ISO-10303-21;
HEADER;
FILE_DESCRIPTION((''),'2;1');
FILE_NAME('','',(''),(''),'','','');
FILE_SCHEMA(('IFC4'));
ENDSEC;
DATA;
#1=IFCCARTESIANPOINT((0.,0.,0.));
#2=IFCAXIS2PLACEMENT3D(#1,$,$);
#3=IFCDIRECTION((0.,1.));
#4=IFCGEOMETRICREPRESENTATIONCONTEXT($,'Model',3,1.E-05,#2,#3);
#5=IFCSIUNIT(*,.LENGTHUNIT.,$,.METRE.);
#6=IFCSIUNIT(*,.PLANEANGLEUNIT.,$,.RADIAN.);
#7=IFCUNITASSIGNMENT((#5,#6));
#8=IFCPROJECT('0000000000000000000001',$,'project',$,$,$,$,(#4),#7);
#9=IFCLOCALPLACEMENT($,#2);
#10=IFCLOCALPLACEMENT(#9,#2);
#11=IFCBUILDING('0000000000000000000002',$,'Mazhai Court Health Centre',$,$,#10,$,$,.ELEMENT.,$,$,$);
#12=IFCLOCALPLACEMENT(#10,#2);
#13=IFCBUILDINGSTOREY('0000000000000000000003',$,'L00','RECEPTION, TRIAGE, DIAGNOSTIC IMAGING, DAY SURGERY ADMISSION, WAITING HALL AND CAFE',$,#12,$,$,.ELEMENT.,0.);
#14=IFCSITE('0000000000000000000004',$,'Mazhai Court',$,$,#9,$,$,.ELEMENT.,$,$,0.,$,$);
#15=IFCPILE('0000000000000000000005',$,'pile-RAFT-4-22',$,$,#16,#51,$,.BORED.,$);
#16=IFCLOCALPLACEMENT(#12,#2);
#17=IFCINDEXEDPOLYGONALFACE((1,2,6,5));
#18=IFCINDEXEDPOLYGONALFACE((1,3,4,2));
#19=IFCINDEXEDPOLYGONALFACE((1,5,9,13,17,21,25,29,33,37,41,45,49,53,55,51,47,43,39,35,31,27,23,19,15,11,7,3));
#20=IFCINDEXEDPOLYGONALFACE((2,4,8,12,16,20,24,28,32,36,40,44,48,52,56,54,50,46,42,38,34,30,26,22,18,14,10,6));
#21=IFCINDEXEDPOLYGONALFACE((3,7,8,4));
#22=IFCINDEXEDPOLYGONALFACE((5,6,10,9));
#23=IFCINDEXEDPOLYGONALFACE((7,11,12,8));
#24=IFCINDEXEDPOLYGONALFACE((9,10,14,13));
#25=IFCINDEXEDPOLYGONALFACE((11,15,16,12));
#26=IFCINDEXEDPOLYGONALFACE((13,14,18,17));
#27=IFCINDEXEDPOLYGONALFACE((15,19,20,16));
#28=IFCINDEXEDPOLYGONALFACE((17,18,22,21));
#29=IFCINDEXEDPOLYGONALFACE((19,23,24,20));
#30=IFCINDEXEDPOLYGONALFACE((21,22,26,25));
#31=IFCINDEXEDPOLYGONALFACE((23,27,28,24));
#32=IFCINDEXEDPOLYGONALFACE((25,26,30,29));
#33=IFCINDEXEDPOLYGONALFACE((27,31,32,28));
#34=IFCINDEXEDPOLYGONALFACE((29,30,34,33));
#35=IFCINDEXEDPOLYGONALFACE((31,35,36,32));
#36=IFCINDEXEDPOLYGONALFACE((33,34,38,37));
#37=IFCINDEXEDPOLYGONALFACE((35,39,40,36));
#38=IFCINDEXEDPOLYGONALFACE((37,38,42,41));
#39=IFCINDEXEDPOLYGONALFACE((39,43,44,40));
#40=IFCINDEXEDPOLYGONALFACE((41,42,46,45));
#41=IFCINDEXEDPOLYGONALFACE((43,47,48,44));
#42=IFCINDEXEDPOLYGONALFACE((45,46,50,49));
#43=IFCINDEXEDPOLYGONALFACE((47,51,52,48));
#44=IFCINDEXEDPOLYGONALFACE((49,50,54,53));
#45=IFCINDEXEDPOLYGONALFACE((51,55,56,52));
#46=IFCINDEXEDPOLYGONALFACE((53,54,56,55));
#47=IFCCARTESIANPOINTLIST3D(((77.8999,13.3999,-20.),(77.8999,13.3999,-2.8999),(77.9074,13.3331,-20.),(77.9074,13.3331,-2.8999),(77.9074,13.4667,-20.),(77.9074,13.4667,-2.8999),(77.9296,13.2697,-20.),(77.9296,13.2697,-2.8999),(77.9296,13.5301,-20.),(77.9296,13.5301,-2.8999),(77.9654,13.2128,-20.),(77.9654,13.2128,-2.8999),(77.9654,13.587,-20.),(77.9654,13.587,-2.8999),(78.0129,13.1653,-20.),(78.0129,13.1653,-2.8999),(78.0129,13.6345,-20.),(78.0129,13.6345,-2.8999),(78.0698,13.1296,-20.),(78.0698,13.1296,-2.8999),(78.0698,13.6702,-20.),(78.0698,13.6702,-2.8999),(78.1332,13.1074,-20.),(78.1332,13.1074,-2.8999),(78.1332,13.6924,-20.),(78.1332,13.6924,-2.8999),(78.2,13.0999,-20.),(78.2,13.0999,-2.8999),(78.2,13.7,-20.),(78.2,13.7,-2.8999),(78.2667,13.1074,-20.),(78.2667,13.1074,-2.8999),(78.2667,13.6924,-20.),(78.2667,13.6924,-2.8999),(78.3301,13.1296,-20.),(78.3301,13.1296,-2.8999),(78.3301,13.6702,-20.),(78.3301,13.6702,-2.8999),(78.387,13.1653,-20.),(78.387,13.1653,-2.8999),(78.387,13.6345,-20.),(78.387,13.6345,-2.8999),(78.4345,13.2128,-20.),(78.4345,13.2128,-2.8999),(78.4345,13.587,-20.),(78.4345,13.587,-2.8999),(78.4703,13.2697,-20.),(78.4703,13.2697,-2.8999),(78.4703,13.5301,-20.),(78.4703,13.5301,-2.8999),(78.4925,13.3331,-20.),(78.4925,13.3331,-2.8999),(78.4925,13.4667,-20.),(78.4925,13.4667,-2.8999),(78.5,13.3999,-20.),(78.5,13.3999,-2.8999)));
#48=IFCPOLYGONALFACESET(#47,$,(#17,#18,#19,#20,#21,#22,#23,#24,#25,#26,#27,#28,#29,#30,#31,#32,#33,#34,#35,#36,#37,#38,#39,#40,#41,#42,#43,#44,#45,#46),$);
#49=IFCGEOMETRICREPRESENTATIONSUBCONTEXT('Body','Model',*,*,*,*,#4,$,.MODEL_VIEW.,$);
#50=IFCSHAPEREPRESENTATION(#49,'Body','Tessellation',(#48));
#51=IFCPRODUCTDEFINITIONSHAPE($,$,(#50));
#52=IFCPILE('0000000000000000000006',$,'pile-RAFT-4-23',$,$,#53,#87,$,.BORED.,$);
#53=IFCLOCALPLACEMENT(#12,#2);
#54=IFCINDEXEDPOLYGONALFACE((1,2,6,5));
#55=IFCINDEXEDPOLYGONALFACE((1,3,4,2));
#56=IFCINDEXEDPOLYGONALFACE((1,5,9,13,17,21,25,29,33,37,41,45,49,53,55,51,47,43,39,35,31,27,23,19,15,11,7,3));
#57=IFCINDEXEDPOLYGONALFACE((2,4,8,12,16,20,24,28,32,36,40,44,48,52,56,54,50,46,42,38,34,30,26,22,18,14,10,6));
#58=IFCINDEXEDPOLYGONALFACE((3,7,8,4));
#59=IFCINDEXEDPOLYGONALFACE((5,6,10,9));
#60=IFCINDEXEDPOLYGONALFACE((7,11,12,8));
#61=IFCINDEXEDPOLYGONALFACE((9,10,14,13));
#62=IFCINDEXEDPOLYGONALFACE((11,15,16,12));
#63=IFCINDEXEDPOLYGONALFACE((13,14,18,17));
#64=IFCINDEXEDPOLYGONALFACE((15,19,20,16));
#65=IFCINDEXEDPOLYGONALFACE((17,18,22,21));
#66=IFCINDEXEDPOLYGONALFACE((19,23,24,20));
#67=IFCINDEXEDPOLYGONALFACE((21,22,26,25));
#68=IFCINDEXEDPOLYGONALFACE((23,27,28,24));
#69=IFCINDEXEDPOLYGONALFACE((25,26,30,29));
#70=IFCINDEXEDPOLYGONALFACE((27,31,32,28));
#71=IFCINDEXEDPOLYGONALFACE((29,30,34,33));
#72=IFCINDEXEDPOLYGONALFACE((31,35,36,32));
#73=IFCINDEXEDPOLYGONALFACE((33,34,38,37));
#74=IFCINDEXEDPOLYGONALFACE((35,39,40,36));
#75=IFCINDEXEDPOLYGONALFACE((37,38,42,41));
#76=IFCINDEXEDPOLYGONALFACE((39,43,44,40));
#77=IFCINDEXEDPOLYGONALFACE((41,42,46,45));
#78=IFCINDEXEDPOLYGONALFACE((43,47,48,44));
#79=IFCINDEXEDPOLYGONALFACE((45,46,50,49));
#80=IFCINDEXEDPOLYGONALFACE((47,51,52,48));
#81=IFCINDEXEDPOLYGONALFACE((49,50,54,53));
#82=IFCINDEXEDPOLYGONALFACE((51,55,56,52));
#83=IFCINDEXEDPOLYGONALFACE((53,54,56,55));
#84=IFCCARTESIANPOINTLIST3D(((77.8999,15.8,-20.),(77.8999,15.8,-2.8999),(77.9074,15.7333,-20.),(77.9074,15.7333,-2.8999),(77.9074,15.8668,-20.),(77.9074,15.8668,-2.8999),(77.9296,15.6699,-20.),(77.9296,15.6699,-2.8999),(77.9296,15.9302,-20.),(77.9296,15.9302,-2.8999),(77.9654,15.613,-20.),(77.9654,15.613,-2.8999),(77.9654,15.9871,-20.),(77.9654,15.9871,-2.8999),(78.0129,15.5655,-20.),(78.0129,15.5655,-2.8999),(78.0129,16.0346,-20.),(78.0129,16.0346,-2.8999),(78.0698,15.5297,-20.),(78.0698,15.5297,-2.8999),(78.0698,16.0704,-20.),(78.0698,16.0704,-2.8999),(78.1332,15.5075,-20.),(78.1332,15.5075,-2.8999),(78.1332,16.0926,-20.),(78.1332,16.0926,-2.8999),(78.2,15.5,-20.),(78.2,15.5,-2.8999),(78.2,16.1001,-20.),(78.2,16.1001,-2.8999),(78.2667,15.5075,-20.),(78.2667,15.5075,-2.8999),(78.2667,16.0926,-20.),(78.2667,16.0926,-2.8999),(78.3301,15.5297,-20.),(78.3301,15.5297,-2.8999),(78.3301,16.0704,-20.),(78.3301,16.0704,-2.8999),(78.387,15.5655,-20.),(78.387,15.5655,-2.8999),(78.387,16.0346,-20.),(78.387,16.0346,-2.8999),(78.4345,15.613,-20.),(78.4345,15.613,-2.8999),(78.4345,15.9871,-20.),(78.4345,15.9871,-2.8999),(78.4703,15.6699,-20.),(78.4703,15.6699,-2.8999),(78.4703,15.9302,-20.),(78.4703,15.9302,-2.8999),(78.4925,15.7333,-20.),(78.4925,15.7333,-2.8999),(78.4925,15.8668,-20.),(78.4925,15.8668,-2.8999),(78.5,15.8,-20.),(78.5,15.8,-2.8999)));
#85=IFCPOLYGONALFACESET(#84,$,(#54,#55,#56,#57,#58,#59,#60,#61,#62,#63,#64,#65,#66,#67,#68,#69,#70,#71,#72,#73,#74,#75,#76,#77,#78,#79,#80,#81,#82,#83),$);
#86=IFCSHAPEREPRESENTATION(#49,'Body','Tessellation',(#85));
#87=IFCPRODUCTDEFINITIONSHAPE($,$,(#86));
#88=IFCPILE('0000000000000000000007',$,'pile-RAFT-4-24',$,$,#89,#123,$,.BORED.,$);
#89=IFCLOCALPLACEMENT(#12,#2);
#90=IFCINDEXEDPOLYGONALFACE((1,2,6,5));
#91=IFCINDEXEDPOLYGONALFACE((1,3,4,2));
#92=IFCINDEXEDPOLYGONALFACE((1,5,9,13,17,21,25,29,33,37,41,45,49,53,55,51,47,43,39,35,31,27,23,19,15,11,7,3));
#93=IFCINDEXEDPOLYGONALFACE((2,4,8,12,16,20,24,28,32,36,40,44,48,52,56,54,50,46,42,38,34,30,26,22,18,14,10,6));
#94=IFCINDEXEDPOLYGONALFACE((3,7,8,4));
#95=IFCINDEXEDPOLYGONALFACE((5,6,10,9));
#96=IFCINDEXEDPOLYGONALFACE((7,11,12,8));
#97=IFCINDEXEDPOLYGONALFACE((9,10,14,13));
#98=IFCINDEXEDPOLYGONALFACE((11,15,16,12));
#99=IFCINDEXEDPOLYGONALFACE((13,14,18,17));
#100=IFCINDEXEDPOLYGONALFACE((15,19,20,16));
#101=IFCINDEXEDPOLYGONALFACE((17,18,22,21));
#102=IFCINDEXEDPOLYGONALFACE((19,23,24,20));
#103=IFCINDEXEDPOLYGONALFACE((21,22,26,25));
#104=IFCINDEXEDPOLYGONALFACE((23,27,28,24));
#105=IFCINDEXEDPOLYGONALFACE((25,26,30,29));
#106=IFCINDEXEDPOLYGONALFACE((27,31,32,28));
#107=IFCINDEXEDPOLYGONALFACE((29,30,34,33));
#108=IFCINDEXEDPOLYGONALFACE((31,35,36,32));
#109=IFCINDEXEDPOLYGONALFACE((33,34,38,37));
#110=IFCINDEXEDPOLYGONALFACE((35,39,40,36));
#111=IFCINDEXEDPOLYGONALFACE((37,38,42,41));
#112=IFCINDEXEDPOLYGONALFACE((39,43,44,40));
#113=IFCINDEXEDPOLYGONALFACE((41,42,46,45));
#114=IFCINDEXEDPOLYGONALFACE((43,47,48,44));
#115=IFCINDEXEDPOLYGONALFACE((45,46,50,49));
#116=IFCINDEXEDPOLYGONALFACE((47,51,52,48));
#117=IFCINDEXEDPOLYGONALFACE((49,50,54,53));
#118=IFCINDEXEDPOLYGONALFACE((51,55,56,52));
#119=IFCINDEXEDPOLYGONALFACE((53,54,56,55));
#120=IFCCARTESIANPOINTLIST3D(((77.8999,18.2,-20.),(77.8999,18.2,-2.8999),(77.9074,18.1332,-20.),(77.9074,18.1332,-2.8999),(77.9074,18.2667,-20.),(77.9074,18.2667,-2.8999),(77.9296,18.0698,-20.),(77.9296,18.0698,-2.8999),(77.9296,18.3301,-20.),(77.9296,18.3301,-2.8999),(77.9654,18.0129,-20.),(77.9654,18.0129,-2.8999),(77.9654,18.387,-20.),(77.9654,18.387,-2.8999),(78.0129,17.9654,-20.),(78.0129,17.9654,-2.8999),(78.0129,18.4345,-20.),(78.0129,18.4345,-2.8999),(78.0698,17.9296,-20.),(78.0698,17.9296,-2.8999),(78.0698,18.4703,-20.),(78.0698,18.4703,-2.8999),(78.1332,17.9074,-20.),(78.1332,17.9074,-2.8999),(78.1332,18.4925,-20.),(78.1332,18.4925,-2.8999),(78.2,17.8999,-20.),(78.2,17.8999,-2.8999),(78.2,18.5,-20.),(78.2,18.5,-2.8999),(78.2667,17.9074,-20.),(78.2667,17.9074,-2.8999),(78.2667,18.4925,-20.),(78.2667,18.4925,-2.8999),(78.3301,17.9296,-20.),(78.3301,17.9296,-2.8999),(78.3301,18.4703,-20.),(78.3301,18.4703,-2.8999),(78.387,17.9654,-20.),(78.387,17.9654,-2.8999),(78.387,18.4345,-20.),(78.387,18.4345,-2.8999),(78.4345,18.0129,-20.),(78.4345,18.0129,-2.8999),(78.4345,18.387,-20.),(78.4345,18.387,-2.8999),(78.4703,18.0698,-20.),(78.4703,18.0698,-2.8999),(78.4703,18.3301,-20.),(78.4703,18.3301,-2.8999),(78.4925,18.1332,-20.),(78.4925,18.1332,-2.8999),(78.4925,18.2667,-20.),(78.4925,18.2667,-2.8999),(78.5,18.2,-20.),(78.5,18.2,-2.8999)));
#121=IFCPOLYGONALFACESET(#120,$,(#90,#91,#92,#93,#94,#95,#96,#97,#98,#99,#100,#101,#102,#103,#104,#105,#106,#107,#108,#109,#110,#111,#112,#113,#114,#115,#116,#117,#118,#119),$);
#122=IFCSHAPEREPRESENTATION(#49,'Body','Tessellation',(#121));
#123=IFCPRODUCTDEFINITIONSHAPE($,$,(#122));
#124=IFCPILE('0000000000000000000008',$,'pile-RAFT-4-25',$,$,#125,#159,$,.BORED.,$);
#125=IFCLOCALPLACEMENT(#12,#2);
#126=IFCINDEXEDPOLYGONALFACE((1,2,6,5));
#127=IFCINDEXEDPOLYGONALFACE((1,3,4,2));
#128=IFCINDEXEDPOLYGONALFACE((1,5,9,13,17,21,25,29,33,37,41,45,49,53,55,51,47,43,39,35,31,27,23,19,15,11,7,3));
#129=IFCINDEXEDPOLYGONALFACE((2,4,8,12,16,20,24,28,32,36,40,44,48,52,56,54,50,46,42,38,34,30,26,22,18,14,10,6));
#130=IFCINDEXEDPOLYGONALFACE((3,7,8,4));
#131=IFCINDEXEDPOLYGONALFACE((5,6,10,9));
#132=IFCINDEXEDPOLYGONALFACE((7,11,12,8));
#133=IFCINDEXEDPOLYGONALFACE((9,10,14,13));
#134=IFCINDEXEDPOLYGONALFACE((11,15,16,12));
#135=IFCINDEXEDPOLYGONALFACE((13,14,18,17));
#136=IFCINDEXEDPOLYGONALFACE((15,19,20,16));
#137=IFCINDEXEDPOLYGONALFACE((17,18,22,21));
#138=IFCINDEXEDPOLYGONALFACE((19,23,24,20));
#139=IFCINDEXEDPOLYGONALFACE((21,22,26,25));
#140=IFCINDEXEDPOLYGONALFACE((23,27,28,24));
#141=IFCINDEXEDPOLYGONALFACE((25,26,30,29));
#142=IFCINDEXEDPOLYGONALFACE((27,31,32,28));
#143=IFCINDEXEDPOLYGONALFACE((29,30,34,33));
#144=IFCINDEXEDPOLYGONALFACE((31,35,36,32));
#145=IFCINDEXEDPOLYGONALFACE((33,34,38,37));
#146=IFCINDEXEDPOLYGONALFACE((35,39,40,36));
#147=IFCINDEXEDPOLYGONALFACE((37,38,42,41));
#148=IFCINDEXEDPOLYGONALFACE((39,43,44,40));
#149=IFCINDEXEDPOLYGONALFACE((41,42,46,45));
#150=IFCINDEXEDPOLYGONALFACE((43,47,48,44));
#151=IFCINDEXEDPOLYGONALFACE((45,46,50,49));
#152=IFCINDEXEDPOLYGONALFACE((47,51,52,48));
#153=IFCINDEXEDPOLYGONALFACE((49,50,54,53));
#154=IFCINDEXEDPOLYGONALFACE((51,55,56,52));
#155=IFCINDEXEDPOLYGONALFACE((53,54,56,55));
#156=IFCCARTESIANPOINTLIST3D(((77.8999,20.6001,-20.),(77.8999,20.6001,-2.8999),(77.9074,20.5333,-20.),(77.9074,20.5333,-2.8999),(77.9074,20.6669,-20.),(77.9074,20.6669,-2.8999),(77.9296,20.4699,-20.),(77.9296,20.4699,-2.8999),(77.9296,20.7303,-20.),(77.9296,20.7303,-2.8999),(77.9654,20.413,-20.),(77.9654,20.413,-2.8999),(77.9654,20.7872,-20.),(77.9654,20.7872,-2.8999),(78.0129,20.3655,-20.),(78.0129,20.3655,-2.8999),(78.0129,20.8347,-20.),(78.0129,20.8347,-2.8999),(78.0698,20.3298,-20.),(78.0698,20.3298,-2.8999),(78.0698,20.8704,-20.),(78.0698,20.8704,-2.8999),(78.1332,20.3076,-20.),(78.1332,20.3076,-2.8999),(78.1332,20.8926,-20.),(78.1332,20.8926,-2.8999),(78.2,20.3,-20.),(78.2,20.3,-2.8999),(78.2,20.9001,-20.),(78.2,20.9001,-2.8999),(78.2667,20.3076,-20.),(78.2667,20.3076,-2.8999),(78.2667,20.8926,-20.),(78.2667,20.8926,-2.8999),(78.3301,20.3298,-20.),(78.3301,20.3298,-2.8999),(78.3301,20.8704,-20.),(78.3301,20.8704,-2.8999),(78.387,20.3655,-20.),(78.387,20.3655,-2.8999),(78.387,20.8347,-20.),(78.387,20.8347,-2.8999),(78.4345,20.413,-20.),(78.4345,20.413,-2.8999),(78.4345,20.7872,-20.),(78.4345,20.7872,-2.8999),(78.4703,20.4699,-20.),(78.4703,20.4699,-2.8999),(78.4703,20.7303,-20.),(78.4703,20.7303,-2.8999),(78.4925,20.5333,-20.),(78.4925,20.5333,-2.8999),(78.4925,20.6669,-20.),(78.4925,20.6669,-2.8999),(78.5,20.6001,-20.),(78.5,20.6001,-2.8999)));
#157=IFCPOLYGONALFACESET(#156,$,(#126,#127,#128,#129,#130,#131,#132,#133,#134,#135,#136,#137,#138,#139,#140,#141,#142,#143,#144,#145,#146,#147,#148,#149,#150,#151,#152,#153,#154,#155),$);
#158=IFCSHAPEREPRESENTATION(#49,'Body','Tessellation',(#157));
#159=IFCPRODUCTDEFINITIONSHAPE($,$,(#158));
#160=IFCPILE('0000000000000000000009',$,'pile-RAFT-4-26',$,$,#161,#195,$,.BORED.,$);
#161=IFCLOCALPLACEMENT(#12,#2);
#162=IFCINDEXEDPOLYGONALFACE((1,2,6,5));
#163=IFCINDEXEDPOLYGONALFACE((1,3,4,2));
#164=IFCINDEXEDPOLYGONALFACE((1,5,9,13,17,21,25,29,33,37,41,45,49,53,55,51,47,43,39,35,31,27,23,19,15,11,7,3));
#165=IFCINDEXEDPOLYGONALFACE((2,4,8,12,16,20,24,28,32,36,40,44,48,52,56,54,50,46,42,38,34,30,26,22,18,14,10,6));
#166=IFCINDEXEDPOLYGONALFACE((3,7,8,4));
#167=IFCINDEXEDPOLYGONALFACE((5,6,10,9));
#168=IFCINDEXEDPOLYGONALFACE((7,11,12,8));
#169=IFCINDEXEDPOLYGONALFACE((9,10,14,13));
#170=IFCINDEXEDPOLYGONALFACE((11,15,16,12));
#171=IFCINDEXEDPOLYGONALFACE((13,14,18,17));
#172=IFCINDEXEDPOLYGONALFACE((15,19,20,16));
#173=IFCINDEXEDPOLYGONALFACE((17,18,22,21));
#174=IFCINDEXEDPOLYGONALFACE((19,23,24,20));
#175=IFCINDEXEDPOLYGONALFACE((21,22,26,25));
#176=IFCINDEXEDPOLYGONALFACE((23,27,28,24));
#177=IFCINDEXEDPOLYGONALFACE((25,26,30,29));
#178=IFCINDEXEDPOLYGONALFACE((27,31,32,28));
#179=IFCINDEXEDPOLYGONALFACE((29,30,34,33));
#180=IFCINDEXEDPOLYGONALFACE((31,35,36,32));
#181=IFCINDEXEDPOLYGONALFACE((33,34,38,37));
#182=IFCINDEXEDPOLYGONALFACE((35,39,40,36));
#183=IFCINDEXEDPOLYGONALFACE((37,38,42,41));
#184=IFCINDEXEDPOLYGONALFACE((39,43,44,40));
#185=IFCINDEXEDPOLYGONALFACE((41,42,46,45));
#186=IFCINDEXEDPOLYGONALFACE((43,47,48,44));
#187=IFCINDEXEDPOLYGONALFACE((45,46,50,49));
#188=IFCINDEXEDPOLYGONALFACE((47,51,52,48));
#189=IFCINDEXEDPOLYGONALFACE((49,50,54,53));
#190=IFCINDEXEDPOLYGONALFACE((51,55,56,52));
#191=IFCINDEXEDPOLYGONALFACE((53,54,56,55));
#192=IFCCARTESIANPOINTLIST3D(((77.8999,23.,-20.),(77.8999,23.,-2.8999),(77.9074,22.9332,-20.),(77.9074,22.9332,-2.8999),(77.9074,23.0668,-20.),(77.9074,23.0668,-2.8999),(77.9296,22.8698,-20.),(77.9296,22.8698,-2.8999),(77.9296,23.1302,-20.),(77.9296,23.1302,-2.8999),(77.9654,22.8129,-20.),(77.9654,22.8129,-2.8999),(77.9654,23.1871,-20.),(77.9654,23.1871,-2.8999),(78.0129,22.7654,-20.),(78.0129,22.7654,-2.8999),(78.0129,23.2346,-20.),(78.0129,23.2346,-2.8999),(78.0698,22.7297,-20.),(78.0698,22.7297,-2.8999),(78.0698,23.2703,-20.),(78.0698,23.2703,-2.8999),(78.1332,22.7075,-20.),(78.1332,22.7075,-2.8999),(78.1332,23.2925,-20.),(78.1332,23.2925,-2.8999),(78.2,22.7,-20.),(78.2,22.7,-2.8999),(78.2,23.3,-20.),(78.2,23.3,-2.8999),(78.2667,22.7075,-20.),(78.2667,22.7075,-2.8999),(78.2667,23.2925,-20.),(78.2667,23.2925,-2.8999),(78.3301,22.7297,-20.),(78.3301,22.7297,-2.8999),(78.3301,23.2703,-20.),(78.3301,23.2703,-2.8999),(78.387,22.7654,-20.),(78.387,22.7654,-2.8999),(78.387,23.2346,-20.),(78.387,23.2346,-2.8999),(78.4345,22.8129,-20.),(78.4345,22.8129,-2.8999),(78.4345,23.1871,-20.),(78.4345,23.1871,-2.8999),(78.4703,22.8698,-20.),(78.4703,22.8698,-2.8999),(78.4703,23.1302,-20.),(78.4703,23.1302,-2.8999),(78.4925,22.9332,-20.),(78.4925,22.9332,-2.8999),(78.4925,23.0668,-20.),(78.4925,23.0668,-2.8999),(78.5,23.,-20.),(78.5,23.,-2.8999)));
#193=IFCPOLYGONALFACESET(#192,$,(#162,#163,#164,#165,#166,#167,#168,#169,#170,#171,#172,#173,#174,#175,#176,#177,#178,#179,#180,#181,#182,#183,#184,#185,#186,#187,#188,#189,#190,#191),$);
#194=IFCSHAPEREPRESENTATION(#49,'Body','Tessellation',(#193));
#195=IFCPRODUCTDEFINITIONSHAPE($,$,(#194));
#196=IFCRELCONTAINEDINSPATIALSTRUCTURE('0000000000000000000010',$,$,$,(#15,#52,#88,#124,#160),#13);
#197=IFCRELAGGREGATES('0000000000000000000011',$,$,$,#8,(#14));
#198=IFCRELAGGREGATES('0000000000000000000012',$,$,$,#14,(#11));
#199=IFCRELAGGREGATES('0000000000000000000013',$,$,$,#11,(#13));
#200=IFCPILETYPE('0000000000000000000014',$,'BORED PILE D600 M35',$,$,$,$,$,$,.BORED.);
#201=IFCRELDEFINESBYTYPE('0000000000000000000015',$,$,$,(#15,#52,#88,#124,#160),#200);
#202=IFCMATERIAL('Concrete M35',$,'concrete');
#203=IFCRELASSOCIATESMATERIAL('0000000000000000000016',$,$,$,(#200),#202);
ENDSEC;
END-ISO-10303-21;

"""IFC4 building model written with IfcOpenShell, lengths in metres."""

from ifc_helpers import new_model, si_unit, direction, frame, origin, origin_2d, place, context, subcontext, project, spatial, circle, extrude, material, material_profile, profile_set, type_object, element, save


model = new_model("IFC4")

# Units and contexts
model_context = context("Model", 3, precision=1e-05, world=origin(), true_north=direction((0.0, 1.0)))
body_context = subcontext(model_context, "Body", "Model", "MODEL_VIEW")
ifc_project = project(units=[si_unit("LENGTHUNIT", "METRE"), si_unit("PLANEANGLEUNIT", "RADIAN")], contexts=[model_context])

# Site, building, storey
site_placement = place(None, origin())
site = spatial("IfcSite", under=ifc_project, at=site_placement, Name="Mazhai Court", CompositionType="ELEMENT", RefElevation=0.0)
building_placement = place(site_placement, origin())
building = spatial("IfcBuilding", under=site, at=building_placement, Name="Mazhai Court Health Centre", CompositionType="ELEMENT")
storey_placement = place(building_placement, origin())
storey = spatial("IfcBuildingStorey", under=building, at=storey_placement, Name="L00", Description="RECEPTION, TRIAGE, DIAGNOSTIC IMAGING, DAY SURGERY ADMISSION, WAITING HALL AND CAFE", CompositionType="ELEMENT", Elevation=0.0)

# Piles
ifc_material_1 = material(Name="Concrete M35", Category="concrete")
ifc_material_profile_1 = material_profile(ifc_material_1, circle(Radius=0.3, at=origin_2d()), Name="RC PILE D600")
ifc_profile_set_1 = profile_set([ifc_material_profile_1], Name="Concrete M35")
pile_type_1 = type_object("IfcPileType", Name="BORED PILE D600 M35", PredefinedType="BORED", material=ifc_profile_set_1)
for number, where, z_axis, x_axis, name in (
    (1, (78.2, 13.3999, -2.8999), (0.0, 0.0, -1.0), (1.0, 0.0, 0.0), "pile-RAFT-4-22"),
    (2, (78.2, 15.8, -2.8999), (0.0, 0.0, -1.0), (1.0, 0.0, 0.0), "pile-RAFT-4-23"),
    (3, (78.2, 18.2, -2.8999), (0.0, 0.0, -1.0), (1.0, 0.0, 0.0), "pile-RAFT-4-24"),
    (4, (78.2, 20.6001, -2.8999), (0.0, 0.0, -1.0), (1.0, 0.0, 0.0), "pile-RAFT-4-25"),
    (5, (78.2, 23.0, -2.8999), (0.0, 0.0, -1.0), (1.0, 0.0, 0.0), "pile-RAFT-4-26"),
):
    element("IfcPile", number, at=place(storey_placement, frame(where, z_axis=z_axis, x_axis=x_axis)), inside=storey, type_object=pile_type_1, Name=name, PredefinedType="BORED", context=body_context, shape_type="SweptSolid", body=[
        extrude(circle(Radius=0.3, at=origin_2d()), origin(), (0.0, 0.0, 1.0), 17.1001),
    ])

save(model, "model.ifc")
